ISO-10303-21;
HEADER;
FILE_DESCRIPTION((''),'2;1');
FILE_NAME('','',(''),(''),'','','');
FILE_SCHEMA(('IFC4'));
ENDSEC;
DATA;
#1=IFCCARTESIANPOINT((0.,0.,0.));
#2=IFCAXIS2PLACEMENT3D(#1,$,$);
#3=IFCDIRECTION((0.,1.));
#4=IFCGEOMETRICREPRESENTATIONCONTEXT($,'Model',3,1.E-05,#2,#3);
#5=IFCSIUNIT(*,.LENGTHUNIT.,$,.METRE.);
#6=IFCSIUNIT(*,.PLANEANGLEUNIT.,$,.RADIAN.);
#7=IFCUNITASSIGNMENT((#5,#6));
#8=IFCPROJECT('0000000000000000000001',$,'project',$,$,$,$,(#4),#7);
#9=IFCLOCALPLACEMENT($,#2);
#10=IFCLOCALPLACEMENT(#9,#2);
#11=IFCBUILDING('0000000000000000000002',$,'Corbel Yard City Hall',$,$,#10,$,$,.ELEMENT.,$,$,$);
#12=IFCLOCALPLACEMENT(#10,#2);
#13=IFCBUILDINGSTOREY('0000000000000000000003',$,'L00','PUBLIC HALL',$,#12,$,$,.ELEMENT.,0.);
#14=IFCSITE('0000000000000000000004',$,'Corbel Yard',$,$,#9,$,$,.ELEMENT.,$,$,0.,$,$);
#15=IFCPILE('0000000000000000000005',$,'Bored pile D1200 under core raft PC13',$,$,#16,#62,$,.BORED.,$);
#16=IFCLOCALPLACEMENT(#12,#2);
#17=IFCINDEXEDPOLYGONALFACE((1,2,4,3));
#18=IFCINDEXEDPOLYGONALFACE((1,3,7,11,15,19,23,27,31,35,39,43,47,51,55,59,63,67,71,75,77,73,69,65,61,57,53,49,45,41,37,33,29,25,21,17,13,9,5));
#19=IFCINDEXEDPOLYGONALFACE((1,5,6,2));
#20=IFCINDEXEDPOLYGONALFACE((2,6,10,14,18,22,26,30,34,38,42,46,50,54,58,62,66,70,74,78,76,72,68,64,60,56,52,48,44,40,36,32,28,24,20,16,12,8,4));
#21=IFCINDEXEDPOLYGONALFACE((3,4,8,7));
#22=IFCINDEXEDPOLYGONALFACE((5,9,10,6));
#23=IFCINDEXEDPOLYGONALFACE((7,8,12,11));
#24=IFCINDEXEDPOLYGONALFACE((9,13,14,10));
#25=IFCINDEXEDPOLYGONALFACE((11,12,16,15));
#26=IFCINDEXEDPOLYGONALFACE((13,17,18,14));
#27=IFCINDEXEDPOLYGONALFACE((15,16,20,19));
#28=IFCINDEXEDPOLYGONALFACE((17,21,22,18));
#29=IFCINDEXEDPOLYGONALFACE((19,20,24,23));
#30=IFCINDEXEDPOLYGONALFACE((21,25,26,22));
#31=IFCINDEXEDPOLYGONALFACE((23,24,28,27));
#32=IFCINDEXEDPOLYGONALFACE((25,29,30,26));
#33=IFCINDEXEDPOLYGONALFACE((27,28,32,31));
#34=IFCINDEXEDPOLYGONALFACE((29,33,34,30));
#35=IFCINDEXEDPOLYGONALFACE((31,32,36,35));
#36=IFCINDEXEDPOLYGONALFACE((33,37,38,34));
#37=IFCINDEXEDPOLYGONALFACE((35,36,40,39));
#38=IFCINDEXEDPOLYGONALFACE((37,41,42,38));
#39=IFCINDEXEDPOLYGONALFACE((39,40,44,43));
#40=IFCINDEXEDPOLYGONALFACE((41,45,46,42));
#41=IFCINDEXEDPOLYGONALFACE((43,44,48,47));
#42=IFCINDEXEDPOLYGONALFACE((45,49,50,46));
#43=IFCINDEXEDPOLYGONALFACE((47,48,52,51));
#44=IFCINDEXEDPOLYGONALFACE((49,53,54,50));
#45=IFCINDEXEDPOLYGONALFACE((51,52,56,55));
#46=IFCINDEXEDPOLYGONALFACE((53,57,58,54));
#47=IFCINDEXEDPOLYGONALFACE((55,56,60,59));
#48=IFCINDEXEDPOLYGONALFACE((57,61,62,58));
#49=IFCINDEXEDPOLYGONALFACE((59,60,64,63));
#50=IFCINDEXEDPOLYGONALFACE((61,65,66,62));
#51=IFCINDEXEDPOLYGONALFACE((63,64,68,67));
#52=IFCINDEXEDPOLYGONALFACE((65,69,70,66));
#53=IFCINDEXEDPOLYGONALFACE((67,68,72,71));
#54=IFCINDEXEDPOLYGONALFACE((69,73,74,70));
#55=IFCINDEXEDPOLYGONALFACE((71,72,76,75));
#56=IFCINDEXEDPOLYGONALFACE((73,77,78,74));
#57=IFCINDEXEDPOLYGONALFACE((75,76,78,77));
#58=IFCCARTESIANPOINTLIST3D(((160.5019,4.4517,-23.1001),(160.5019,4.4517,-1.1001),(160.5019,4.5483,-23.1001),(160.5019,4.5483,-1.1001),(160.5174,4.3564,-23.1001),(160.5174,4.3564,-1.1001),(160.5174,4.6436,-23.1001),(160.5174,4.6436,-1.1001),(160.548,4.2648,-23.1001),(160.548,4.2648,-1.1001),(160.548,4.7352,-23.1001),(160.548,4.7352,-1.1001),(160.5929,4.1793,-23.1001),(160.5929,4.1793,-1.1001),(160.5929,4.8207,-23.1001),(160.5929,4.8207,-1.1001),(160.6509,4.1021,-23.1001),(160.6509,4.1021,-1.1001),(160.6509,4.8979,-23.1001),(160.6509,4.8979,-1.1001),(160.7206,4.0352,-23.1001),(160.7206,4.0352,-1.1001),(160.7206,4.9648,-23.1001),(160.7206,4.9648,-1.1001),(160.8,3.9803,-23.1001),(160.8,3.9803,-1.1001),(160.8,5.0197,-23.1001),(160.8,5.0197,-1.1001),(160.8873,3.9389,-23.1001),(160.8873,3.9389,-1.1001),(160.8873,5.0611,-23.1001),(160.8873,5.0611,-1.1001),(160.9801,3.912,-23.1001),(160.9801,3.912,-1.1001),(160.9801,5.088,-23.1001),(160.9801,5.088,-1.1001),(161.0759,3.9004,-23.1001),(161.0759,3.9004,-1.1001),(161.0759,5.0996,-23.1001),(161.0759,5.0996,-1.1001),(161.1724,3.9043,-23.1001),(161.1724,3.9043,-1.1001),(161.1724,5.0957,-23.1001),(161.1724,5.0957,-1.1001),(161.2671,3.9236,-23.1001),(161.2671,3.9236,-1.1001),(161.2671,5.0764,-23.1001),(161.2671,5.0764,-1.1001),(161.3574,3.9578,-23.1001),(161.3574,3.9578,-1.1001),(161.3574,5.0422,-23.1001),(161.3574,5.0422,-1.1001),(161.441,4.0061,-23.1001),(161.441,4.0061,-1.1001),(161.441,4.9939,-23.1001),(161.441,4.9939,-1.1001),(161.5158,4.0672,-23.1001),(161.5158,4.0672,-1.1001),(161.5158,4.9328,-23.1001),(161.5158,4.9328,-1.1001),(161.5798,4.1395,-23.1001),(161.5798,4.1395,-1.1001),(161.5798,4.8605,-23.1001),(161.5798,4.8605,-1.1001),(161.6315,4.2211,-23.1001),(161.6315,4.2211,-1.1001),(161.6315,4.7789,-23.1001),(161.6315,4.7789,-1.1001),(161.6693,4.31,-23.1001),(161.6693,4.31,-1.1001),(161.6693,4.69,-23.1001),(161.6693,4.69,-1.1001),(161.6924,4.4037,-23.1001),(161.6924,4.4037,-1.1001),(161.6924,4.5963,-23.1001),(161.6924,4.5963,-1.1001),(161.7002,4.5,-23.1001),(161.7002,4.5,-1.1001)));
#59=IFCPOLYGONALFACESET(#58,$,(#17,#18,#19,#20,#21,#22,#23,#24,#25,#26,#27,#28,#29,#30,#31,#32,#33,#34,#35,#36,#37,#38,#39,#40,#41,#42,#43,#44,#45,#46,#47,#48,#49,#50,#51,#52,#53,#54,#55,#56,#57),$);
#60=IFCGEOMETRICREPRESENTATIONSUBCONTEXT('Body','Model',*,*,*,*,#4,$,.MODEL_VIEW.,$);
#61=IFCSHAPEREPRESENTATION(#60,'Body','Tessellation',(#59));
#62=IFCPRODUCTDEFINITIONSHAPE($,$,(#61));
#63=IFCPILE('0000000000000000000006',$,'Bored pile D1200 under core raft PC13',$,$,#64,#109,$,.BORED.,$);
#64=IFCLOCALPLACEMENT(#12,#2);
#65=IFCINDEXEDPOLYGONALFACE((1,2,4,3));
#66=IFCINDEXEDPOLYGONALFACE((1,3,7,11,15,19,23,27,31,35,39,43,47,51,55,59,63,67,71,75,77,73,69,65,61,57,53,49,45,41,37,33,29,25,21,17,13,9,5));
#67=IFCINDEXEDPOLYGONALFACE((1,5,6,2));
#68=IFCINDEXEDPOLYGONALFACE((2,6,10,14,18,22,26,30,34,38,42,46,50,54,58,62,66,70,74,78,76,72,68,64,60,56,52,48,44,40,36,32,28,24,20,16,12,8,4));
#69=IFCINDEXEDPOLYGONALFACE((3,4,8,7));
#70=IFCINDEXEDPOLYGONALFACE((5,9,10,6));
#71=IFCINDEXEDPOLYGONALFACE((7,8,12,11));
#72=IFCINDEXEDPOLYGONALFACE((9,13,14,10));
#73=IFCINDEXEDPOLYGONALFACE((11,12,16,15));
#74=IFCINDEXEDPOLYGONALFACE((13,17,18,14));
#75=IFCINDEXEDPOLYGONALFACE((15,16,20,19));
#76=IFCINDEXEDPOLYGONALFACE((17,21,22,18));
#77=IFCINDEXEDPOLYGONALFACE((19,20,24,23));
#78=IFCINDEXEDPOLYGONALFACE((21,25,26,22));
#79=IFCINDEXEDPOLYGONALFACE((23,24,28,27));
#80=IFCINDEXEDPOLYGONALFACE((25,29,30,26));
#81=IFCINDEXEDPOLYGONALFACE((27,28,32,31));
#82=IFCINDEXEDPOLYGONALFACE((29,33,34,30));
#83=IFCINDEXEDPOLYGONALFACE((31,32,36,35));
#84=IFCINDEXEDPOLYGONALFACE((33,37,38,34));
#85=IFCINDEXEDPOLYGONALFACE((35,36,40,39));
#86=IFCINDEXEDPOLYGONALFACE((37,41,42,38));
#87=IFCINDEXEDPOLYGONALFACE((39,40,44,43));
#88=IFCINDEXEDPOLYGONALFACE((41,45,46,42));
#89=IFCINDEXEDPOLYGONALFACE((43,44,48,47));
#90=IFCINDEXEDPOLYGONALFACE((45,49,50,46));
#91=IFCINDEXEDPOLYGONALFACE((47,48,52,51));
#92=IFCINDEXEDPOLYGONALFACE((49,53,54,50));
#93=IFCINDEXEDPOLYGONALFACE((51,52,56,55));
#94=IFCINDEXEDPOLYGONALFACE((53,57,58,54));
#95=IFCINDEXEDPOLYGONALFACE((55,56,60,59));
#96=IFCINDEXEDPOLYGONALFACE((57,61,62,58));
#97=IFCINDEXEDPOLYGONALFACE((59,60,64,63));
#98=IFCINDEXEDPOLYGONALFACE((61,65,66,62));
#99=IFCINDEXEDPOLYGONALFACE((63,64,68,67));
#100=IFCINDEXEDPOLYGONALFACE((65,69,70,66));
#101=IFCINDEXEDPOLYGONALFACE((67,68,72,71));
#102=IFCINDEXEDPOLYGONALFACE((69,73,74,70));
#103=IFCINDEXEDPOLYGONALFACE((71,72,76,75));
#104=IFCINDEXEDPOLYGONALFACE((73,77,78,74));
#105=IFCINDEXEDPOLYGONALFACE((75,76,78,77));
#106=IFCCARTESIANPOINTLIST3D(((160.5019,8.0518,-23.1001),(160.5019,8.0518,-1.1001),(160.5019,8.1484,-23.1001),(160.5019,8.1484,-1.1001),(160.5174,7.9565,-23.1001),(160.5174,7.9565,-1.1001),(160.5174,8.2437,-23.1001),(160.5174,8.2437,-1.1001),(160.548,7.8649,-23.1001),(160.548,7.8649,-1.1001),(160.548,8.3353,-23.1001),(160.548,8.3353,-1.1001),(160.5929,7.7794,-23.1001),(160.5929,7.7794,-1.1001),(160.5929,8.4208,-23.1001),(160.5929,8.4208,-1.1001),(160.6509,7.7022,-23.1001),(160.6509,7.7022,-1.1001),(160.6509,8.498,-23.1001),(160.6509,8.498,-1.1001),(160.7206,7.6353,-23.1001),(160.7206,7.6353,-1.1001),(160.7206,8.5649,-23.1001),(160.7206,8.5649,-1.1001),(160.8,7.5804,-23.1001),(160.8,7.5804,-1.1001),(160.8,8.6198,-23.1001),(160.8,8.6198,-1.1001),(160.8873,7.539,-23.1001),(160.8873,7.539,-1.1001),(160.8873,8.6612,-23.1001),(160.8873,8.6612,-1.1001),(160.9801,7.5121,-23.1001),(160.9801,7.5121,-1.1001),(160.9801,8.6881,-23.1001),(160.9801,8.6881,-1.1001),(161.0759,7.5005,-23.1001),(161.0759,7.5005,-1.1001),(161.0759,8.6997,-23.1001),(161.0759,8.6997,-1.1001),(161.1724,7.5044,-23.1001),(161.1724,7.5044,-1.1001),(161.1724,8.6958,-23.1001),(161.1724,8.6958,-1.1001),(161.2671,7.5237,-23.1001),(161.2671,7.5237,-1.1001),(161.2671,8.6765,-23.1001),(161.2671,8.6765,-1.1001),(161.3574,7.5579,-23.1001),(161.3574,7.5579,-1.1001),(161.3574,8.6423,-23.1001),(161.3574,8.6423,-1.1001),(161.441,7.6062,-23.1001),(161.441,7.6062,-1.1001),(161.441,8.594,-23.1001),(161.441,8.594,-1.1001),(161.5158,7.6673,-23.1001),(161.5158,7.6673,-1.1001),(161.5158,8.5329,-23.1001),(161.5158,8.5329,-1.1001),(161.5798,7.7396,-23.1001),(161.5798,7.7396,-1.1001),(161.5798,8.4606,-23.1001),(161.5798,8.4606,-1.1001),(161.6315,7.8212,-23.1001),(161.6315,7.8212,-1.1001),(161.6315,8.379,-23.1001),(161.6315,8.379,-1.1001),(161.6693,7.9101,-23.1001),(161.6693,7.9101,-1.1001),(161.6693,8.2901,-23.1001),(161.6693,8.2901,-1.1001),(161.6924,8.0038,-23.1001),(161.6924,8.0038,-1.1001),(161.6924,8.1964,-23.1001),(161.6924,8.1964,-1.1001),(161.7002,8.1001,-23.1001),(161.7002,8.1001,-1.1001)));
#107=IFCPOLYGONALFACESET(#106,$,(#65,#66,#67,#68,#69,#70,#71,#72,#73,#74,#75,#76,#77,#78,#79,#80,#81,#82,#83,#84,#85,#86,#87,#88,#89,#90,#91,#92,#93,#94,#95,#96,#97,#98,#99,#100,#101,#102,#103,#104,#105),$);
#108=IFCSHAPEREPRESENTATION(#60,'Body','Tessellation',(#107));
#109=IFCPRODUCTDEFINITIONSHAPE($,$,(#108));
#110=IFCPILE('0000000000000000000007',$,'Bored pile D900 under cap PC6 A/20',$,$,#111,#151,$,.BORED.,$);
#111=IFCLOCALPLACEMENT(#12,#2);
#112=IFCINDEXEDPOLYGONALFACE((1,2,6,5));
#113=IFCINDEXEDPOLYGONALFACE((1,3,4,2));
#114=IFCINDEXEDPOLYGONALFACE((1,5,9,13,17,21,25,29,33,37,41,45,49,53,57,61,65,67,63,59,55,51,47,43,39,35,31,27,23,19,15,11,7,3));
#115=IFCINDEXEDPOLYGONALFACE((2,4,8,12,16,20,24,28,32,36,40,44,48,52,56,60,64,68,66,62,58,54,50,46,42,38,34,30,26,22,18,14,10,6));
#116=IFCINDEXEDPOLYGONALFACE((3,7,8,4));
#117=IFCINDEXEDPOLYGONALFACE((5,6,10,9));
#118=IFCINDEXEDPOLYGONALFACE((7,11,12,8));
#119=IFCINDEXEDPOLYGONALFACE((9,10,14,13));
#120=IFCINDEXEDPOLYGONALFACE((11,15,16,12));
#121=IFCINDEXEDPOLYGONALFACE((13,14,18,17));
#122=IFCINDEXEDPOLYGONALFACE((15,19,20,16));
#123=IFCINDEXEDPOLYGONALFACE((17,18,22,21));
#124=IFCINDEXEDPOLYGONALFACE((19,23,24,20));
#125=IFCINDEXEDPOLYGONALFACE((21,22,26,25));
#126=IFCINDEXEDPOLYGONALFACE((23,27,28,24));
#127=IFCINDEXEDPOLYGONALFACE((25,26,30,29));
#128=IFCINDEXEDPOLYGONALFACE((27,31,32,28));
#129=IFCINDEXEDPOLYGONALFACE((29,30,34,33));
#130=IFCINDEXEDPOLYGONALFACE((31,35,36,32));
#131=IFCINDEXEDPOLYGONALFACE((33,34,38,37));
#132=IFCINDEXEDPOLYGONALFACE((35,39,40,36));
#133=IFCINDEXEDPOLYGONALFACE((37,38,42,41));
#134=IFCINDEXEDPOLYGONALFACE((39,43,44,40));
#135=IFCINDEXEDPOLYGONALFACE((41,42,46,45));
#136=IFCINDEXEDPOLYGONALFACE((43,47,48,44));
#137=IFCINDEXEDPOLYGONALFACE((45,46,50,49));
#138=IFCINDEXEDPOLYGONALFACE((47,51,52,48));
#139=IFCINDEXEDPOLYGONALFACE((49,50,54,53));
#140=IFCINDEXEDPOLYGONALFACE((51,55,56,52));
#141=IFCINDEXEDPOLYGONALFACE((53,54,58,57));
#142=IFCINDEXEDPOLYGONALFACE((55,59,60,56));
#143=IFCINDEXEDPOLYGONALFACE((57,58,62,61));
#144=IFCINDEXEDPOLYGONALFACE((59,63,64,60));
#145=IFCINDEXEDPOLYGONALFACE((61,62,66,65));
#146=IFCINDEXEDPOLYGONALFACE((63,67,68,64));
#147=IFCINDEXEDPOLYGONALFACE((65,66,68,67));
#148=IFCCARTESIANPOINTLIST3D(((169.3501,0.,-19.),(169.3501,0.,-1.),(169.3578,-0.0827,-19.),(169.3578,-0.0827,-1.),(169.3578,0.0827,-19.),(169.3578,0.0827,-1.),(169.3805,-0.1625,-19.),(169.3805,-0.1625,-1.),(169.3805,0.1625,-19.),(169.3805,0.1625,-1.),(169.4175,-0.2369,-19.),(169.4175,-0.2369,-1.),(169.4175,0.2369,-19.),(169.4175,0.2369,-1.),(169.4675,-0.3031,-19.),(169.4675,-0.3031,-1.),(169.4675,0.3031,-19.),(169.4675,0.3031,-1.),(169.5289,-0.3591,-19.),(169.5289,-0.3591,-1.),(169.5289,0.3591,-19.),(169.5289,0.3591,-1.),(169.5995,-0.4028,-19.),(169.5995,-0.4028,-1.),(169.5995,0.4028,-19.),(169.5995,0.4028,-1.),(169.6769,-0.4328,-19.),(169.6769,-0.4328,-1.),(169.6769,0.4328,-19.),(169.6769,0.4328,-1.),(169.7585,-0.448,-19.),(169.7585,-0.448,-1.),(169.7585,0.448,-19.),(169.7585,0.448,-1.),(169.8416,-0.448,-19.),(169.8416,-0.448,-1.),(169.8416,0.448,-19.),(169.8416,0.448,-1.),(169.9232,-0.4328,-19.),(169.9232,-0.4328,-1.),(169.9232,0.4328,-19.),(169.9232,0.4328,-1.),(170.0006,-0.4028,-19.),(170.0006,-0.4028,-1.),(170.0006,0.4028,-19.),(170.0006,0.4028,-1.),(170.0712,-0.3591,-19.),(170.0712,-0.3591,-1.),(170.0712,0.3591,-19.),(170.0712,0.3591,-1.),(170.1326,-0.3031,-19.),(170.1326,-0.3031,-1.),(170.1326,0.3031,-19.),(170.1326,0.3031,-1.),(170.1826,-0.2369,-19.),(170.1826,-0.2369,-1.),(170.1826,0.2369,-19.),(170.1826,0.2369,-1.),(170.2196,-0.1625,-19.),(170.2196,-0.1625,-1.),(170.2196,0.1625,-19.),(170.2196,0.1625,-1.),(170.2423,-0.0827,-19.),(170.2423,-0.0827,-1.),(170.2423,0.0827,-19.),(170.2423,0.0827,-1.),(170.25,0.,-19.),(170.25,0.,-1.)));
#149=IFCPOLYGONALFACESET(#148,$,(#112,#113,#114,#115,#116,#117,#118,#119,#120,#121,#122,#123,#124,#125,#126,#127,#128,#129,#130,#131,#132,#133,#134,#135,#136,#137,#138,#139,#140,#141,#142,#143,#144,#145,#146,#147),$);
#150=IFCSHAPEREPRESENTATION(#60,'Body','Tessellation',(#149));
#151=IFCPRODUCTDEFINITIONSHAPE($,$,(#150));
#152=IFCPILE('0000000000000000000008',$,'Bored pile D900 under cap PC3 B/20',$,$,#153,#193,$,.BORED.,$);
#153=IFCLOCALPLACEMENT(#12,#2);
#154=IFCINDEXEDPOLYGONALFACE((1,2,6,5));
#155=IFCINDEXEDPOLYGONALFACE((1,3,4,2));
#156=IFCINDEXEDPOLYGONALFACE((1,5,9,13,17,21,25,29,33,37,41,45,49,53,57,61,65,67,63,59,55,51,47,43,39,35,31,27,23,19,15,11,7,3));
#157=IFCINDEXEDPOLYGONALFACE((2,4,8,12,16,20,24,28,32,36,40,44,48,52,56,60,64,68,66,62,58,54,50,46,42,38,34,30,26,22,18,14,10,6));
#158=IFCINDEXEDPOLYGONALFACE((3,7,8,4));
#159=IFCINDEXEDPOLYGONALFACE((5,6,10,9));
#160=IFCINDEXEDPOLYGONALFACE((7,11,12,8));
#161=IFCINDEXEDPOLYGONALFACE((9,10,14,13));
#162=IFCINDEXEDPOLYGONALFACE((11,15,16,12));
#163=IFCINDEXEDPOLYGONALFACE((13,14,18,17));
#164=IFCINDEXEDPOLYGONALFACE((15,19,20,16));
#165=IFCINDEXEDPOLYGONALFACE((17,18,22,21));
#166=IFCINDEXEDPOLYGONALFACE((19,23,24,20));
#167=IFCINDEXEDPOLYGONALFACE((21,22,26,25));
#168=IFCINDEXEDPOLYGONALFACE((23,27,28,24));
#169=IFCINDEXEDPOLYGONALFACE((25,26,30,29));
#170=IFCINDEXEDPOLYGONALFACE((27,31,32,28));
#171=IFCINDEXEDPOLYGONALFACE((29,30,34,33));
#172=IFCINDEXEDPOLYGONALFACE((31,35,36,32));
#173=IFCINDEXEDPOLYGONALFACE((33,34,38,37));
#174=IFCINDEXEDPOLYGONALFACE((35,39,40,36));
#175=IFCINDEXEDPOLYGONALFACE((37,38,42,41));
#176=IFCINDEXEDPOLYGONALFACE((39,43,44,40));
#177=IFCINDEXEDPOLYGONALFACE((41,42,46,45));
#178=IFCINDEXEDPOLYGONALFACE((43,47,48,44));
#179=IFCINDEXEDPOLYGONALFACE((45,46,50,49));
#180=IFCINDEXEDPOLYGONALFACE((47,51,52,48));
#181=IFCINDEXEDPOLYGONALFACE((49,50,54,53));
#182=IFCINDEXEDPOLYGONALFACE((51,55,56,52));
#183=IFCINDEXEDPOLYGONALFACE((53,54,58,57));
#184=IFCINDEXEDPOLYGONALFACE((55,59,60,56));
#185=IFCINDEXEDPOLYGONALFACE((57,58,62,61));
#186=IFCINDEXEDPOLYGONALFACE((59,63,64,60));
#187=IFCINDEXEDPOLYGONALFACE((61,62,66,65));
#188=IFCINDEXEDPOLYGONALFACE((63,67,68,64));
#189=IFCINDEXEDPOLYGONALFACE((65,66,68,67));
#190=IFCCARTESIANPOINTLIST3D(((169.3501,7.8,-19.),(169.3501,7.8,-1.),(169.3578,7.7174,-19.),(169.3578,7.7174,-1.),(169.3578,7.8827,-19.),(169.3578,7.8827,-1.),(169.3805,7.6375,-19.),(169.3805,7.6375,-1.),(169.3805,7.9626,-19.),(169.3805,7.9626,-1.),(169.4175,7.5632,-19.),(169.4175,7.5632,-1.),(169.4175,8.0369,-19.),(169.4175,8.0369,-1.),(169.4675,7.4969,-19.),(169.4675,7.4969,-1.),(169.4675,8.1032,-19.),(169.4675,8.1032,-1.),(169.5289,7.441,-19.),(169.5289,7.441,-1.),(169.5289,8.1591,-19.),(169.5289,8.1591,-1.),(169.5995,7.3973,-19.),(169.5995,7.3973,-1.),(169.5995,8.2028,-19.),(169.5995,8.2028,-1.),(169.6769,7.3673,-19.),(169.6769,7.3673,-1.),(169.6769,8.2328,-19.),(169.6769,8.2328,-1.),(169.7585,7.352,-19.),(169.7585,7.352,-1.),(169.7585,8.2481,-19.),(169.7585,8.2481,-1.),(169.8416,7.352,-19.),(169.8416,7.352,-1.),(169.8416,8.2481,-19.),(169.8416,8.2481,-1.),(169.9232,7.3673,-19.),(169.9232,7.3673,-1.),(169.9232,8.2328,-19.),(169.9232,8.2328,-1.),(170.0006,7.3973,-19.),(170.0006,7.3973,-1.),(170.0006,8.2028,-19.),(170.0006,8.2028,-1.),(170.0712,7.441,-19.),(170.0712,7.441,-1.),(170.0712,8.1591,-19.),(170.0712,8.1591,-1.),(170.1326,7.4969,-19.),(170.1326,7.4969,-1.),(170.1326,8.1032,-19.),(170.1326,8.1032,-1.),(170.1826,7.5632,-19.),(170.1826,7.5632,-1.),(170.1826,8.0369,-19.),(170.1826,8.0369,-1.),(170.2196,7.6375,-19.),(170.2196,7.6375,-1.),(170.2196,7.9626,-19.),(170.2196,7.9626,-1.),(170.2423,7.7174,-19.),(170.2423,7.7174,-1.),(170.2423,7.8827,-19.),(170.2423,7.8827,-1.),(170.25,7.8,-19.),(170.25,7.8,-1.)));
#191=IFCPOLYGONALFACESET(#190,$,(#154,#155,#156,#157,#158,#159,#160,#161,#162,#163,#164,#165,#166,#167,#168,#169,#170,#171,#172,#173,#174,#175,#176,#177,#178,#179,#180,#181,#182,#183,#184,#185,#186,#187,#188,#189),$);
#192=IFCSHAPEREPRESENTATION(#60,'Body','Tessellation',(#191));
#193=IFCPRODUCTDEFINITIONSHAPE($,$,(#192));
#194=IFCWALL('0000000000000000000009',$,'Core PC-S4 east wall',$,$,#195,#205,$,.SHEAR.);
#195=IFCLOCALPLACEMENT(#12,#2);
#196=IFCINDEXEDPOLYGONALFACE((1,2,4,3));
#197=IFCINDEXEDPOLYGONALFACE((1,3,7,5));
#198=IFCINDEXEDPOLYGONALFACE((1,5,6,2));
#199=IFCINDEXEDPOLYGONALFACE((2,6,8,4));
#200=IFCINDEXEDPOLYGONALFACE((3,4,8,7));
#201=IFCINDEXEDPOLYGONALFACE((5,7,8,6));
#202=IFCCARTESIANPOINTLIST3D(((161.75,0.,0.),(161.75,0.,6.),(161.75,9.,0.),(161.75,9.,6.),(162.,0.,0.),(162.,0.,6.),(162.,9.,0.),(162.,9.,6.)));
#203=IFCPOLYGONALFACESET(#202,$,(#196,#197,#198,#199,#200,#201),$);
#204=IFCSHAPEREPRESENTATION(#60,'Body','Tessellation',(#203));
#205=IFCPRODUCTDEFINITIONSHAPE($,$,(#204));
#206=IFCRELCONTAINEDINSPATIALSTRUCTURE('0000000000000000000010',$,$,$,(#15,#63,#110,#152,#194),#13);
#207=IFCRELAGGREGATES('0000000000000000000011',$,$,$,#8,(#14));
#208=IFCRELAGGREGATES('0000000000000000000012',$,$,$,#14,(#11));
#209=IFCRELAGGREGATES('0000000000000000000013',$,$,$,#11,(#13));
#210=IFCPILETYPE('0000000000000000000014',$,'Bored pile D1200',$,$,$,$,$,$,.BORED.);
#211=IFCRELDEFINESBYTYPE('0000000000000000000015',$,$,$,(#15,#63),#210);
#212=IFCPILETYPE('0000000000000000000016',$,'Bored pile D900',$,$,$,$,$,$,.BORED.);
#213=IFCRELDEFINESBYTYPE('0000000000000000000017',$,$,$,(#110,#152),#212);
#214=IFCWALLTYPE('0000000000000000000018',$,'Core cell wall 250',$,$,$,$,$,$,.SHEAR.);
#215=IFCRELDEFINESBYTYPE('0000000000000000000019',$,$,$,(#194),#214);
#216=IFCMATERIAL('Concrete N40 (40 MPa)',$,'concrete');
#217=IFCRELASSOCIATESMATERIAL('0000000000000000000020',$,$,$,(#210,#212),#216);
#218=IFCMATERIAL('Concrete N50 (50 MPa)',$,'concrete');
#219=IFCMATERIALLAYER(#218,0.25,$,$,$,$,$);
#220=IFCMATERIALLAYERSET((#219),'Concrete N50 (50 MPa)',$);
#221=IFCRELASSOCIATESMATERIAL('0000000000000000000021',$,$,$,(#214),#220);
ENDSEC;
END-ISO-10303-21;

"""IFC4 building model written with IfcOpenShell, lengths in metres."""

from ifc_helpers import new_model, si_unit, direction, frame, frame_2d, origin, origin_2d, place, context, subcontext, project, spatial, rectangle, circle, extrude, material, layer, layer_set, material_profile, profile_set, type_object, element, save


model = new_model("IFC4")

# Units and contexts
model_context = context("Model", 3, precision=1e-05, world=origin(), true_north=direction((0.0, 1.0)))
body_context = subcontext(model_context, "Body", "Model", "MODEL_VIEW")
ifc_project = project(units=[si_unit("LENGTHUNIT", "METRE"), si_unit("PLANEANGLEUNIT", "RADIAN")], contexts=[model_context])

# Site, building, storey
site_placement = place(None, origin())
site = spatial("IfcSite", under=ifc_project, at=site_placement, Name="Corbel Yard", CompositionType="ELEMENT", RefElevation=0.0)
building_placement = place(site_placement, origin())
building = spatial("IfcBuilding", under=site, at=building_placement, Name="Corbel Yard City Hall", CompositionType="ELEMENT")
storey_placement = place(building_placement, origin())
storey = spatial("IfcBuildingStorey", under=building, at=storey_placement, Name="L00", Description="PUBLIC HALL", CompositionType="ELEMENT", Elevation=0.0)

# Piles
ifc_material_1 = material(Name="Concrete N40 (40 MPa)", Category="concrete")
ifc_material_profile_1 = material_profile(ifc_material_1, circle(Radius=0.6001, at=origin_2d()), Name="D1200")
ifc_profile_set_1 = profile_set([ifc_material_profile_1], Name="Concrete N40 (40 MPa)")
pile_type_1 = type_object("IfcPileType", Name="Bored pile D1200", PredefinedType="BORED", material=ifc_profile_set_1)
for number, where, z_axis, x_axis, name in (
    (1, (161.1001, 4.5, -1.1001), (0.0, 0.0, -1.0), (1.0, 0.0, 0.0), "Bored pile D1200 under core raft PC13"),
    (2, (161.1001, 8.1001, -1.1001), (0.0, 0.0, -1.0), (1.0, 0.0, 0.0), "Bored pile D1200 under core raft PC13"),
):
    element("IfcPile", number, at=place(storey_placement, frame(where, z_axis=z_axis, x_axis=x_axis)), inside=storey, type_object=pile_type_1, Name=name, PredefinedType="BORED", context=body_context, shape_type="SweptSolid", body=[
        extrude(circle(Radius=0.6001, at=origin_2d()), origin(), (0.0, 0.0, 1.0), 22.0),
    ])
ifc_material_profile_2 = material_profile(ifc_material_1, circle(Radius=0.45, at=origin_2d()), Name="D900")
ifc_profile_set_2 = profile_set([ifc_material_profile_2], Name="Concrete N40 (40 MPa)")
pile_type_2 = type_object("IfcPileType", Name="Bored pile D900", PredefinedType="BORED", material=ifc_profile_set_2)
for number, where, z_axis, x_axis, name in (
    (3, (169.8, 0.0, -1.0), (0.0, 0.0, -1.0), (1.0, 0.0, 0.0), "Bored pile D900 under cap PC6 A/20"),
    (4, (169.8, 7.8, -1.0), (0.0, 0.0, -1.0), (1.0, 0.0, 0.0), "Bored pile D900 under cap PC3 B/20"),
):
    element("IfcPile", number, at=place(storey_placement, frame(where, z_axis=z_axis, x_axis=x_axis)), inside=storey, type_object=pile_type_2, Name=name, PredefinedType="BORED", context=body_context, shape_type="SweptSolid", body=[
        extrude(circle(Radius=0.45, at=origin_2d()), origin(), (0.0, 0.0, 1.0), 18.0),
    ])

# Wall
ifc_material_2 = material(Name="Concrete N50 (50 MPa)", Category="concrete")
ifc_layer_1 = layer(ifc_material_2, 0.25)
ifc_layer_set_1 = layer_set([ifc_layer_1], Name="Concrete N50 (50 MPa)")
wall_type_1 = type_object("IfcWallType", Name="Core cell wall 250", PredefinedType="SHEAR", material=ifc_layer_set_1)
wall_1_placement = place(storey_placement, frame((161.875, 0.0, 0.0), z_axis=(0.0, 0.0, 1.0), x_axis=(0.0, 1.0, 0.0)))
element("IfcWall", 5, at=wall_1_placement, inside=storey, type_object=wall_type_1, Name="Core PC-S4 east wall", PredefinedType="SHEAR", context=body_context, shape_type="SweptSolid", body=[
    extrude(rectangle(XDim=9.0, YDim=0.25, at=frame_2d((4.5, 0.0))), origin(), (0.0, 0.0, 1.0), 6.0),
])

save(model, "model.ifc")
